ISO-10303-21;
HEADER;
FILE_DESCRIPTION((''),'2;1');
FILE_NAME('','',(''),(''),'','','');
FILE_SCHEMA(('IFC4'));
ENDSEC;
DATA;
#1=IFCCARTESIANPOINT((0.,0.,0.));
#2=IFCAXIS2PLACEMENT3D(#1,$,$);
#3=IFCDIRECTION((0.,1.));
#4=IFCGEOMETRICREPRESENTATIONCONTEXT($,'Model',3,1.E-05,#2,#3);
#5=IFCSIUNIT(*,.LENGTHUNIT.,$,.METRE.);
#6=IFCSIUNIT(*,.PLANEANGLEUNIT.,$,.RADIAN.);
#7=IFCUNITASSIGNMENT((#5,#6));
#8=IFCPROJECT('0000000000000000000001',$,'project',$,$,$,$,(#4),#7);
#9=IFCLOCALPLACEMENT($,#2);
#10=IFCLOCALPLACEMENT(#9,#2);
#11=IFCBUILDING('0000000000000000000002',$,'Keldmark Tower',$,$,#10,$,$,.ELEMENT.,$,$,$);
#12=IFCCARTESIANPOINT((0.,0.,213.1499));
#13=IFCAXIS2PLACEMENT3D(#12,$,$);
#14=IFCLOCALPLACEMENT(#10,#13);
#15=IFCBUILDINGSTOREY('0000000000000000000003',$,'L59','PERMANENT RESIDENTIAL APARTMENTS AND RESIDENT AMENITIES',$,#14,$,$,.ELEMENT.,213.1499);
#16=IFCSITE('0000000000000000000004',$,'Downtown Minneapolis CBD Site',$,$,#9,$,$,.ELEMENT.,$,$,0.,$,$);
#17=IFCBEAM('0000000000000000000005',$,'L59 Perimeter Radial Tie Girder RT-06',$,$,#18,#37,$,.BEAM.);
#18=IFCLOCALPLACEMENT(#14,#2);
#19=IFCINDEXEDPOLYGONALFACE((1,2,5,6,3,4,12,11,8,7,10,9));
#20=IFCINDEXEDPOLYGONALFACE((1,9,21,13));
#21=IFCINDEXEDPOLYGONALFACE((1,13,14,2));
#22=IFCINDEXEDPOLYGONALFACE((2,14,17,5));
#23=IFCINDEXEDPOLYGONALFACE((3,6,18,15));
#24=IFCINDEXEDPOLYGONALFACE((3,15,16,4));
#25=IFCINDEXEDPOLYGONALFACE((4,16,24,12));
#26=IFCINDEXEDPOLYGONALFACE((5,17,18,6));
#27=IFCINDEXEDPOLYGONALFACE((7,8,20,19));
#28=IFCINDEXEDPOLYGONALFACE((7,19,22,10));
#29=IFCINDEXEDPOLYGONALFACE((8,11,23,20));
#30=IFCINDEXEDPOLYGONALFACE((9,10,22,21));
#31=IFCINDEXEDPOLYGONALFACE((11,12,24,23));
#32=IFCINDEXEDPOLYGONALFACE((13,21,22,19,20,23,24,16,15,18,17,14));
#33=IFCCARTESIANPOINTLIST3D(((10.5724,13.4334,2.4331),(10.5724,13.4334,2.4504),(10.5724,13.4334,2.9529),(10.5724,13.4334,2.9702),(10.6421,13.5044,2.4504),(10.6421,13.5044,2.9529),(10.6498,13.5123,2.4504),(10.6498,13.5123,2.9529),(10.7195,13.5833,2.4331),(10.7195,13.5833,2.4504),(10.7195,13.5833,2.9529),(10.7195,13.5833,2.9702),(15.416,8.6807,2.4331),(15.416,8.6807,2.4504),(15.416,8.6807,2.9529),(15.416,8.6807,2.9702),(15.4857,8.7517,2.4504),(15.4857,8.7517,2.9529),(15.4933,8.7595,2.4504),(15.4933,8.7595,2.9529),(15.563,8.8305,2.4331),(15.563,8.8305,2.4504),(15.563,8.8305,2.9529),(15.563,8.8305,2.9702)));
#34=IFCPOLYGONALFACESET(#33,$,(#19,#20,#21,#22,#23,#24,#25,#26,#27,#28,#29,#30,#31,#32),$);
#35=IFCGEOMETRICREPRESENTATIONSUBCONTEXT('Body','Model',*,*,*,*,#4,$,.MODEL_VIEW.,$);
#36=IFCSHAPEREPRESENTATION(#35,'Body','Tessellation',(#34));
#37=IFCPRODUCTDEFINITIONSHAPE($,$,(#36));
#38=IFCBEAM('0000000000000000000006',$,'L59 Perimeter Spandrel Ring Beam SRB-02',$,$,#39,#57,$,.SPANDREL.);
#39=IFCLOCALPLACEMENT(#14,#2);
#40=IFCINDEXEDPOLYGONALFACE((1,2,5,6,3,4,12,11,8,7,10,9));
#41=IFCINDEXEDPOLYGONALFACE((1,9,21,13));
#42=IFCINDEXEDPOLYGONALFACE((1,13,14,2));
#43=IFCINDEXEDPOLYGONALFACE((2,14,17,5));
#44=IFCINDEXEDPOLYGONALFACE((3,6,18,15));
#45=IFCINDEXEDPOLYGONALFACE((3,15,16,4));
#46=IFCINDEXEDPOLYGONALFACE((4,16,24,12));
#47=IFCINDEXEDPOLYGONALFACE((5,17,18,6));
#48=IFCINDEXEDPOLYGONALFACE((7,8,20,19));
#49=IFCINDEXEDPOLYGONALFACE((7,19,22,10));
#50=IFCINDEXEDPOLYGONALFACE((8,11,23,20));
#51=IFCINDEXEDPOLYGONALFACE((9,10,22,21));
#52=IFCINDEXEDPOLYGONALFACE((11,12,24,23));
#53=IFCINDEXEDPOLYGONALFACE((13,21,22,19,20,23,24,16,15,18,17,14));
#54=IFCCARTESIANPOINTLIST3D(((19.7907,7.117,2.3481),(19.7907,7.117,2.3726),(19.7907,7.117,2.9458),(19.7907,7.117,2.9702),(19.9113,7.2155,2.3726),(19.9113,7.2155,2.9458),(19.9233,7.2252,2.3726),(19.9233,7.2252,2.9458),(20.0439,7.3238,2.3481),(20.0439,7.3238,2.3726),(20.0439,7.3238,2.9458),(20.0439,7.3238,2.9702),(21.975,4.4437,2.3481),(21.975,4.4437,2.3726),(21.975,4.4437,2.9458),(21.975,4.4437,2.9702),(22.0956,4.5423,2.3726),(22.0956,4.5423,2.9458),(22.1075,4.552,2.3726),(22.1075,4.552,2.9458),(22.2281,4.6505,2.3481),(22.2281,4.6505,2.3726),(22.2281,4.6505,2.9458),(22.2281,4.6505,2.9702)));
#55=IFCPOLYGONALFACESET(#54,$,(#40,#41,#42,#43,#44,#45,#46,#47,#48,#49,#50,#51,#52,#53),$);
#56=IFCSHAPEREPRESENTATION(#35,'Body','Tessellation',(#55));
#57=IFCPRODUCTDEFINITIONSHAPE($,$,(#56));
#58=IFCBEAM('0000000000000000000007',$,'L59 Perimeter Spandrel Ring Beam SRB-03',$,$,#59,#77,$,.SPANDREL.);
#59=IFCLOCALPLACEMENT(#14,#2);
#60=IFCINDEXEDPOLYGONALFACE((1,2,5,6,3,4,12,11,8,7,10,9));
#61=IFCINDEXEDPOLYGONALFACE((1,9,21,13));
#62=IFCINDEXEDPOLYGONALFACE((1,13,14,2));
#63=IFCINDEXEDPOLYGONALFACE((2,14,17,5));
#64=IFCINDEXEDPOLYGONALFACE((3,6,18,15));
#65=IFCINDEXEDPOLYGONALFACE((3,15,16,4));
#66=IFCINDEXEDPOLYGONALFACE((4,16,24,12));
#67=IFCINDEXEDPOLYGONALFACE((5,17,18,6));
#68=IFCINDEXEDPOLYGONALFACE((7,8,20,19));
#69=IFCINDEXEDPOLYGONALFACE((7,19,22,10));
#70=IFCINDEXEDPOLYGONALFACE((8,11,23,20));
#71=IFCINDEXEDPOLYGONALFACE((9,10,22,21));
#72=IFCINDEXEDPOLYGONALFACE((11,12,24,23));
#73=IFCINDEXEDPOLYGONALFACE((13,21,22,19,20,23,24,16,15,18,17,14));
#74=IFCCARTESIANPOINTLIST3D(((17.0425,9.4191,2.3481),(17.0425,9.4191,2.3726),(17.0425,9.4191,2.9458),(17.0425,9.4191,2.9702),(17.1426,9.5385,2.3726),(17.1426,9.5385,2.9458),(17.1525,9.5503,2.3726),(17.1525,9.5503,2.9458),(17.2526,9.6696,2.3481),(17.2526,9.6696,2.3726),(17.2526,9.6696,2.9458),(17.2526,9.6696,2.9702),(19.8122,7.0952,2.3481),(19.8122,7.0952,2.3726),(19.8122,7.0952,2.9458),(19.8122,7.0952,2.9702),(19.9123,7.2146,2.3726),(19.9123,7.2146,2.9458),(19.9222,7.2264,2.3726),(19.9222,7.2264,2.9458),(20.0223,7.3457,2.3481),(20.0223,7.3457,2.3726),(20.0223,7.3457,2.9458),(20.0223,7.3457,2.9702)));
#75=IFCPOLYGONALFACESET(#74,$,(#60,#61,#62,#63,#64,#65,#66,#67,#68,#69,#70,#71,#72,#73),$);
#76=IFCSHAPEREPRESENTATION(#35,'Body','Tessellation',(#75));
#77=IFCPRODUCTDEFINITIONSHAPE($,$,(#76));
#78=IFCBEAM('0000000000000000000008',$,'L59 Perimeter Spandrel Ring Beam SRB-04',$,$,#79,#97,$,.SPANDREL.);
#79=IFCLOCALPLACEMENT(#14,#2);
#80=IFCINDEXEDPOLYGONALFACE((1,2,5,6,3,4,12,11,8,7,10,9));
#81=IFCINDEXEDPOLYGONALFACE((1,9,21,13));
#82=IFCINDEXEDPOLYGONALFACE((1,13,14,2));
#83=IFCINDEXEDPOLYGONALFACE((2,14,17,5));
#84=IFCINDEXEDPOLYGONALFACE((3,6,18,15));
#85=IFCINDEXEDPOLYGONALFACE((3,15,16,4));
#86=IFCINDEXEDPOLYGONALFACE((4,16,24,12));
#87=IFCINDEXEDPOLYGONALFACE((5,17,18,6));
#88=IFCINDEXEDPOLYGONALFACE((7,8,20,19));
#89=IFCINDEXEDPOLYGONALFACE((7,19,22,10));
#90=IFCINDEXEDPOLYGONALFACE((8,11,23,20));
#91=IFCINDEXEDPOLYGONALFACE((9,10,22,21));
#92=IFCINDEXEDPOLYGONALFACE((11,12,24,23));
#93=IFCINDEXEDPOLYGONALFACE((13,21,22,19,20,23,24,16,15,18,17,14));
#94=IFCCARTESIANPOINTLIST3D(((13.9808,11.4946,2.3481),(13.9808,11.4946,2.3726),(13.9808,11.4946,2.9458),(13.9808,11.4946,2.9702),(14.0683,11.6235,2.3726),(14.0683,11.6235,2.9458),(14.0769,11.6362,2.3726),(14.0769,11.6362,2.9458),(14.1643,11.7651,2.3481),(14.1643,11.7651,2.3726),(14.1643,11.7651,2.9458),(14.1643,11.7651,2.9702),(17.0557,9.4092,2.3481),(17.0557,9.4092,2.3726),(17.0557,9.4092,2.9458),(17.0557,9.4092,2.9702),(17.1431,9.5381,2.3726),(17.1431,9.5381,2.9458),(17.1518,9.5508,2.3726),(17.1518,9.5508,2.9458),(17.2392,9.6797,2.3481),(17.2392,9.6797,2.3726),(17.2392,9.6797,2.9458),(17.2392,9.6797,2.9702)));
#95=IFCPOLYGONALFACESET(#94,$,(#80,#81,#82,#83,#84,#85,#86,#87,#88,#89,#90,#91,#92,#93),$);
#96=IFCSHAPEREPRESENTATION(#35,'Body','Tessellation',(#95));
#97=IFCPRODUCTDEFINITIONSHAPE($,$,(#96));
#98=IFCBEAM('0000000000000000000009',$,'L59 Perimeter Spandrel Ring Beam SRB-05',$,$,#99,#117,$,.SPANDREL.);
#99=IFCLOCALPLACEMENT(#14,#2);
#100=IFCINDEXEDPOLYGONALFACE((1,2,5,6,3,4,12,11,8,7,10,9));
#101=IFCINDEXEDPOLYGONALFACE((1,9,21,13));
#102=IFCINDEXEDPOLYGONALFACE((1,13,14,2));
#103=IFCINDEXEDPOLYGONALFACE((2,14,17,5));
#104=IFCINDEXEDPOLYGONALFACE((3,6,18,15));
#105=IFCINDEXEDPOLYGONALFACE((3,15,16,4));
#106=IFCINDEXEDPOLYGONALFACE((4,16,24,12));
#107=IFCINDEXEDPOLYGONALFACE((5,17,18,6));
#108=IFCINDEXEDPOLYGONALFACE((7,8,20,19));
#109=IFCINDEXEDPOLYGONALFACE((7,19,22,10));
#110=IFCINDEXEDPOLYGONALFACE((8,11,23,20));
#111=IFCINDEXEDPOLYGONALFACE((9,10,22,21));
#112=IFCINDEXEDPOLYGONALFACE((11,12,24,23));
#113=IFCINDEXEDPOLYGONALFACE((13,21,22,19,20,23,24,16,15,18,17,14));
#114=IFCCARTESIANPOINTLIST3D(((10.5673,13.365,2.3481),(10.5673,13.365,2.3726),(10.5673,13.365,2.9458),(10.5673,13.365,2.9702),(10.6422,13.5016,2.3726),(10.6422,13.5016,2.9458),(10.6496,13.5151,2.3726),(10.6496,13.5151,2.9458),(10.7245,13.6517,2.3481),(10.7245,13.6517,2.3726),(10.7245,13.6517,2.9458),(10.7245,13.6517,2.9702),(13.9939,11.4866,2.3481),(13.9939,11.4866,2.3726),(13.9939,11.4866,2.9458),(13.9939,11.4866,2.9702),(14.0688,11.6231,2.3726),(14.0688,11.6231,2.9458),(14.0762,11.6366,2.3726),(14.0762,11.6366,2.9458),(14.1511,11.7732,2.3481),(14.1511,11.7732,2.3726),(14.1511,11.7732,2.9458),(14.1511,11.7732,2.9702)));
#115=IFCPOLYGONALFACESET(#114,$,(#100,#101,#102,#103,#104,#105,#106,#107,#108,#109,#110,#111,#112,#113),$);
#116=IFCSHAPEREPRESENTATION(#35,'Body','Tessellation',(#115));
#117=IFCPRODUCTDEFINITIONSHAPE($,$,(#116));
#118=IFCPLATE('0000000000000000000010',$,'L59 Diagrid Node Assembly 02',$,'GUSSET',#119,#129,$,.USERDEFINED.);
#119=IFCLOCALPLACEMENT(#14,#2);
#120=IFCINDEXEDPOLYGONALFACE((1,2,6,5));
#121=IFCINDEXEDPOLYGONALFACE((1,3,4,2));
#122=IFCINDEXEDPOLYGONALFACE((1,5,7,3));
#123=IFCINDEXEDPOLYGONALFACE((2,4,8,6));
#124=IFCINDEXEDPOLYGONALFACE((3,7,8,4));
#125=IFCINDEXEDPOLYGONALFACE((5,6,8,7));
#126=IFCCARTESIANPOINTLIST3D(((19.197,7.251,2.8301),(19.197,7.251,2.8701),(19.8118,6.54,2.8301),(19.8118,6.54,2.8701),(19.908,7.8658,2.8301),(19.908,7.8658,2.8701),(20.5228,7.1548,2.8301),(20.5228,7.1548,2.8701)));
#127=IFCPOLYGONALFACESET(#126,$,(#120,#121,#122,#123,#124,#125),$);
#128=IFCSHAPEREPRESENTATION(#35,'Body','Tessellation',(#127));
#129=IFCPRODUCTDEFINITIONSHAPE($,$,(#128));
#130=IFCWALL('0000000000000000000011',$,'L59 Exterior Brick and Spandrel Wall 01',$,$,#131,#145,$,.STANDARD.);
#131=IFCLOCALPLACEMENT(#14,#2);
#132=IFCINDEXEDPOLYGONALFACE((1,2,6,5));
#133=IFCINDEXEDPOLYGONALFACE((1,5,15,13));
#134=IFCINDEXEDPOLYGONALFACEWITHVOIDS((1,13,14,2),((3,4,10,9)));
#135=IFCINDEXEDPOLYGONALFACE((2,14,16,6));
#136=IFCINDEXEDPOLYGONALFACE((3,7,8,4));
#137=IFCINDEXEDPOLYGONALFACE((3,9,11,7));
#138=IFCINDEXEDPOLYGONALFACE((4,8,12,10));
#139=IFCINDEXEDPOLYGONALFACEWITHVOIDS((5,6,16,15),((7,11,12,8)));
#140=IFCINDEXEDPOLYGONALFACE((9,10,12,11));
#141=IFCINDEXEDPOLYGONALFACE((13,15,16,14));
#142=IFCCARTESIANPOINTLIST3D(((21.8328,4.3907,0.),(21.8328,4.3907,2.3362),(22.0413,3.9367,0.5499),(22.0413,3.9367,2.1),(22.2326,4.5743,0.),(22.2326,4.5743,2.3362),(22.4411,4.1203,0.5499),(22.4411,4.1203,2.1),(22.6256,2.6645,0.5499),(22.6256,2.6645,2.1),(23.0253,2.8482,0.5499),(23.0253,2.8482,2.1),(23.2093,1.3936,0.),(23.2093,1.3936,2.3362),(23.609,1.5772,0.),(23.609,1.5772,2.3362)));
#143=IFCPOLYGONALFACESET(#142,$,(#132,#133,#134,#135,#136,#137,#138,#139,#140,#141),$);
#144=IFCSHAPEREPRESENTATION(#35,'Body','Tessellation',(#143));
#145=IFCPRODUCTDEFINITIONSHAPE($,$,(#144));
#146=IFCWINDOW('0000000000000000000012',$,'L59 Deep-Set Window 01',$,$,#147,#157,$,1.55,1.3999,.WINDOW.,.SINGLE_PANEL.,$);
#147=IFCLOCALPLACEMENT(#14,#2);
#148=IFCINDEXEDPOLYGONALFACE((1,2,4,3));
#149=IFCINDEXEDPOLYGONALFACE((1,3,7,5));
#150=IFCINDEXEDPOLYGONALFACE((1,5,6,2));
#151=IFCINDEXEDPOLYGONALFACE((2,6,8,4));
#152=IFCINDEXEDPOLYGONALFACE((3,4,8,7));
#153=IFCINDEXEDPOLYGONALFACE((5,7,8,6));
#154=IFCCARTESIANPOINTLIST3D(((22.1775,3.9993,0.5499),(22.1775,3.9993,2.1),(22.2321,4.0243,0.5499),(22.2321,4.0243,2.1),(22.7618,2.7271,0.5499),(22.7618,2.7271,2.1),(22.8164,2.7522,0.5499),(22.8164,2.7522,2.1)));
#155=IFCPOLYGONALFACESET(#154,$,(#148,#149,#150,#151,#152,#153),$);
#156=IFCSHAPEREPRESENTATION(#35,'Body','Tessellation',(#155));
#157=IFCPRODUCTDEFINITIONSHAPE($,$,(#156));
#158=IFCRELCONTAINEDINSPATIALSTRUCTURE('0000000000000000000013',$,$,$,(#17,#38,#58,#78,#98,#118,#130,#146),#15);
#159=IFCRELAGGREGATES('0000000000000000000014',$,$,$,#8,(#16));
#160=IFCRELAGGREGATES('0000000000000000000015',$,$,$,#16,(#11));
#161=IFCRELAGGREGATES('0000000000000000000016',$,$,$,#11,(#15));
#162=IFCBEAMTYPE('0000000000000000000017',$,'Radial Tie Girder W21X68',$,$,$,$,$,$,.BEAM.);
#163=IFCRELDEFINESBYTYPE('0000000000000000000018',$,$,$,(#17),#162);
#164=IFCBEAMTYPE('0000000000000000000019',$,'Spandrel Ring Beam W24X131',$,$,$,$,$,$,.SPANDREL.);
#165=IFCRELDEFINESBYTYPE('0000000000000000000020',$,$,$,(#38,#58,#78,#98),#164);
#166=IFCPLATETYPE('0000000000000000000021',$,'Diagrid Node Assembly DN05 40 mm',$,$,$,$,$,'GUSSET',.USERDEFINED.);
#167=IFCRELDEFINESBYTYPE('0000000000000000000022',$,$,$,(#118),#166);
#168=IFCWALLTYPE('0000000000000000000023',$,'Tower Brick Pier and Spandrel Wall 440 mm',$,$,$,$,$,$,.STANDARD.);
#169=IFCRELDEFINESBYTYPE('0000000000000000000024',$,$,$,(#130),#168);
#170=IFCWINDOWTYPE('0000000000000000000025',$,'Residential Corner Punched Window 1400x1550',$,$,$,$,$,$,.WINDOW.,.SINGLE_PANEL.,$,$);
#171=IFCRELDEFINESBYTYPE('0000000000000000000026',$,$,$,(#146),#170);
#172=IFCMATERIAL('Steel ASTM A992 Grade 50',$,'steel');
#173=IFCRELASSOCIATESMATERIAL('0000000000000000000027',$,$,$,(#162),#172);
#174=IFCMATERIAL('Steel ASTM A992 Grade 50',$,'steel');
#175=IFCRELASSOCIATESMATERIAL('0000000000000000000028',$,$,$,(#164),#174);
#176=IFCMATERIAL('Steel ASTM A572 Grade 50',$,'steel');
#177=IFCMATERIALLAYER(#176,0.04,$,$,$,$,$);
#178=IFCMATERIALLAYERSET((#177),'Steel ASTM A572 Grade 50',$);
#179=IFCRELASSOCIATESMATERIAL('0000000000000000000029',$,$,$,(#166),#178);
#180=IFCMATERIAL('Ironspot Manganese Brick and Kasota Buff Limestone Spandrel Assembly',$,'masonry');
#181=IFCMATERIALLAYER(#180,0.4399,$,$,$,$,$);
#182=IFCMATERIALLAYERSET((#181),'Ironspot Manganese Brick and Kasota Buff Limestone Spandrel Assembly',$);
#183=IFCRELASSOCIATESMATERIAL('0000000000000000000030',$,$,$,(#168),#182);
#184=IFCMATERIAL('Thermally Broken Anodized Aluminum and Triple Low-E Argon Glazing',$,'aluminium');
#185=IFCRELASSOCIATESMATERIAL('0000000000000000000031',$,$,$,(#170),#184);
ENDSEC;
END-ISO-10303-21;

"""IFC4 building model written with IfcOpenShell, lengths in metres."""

from ifc_helpers import new_model, si_unit, direction, frame, frame_2d, origin, origin_2d, place, context, subcontext, project, spatial, rectangle, i_section, extrude, material, layer, layer_set, material_profile, profile_set, type_object, element, fill, save


model = new_model("IFC4")

# Units and contexts
model_context = context("Model", 3, precision=1e-05, world=origin(), true_north=direction((0.0, 1.0)))
body_context = subcontext(model_context, "Body", "Model", "MODEL_VIEW")
ifc_project = project(units=[si_unit("LENGTHUNIT", "METRE"), si_unit("PLANEANGLEUNIT", "RADIAN")], contexts=[model_context])

# Site, building, storey
site_placement = place(None, origin())
site = spatial("IfcSite", under=ifc_project, at=site_placement, Name="Downtown Minneapolis CBD Site", CompositionType="ELEMENT", RefElevation=0.0)
building_placement = place(site_placement, origin())
building = spatial("IfcBuilding", under=site, at=building_placement, Name="Keldmark Tower", CompositionType="ELEMENT")
storey_placement = place(building_placement, frame((0.0, 0.0, 213.1499)))
storey = spatial("IfcBuildingStorey", under=building, at=storey_placement, Name="L59", Description="PERMANENT RESIDENTIAL APARTMENTS AND RESIDENT AMENITIES", CompositionType="ELEMENT", Elevation=213.1499)

# Beams
ifc_material_1 = material(Name="Steel ASTM A992 Grade 50", Category="steel")
ifc_material_profile_1 = material_profile(ifc_material_1, i_section(OverallWidth=0.21, OverallDepth=0.5371, WebThickness=0.011, FlangeThickness=0.0173, at=origin_2d()), Name="W21X68")
ifc_profile_set_1 = profile_set([ifc_material_profile_1], Name="Steel ASTM A992 Grade 50")
beam_type_1 = type_object("IfcBeamType", Name="Radial Tie Girder W21X68", PredefinedType="BEAM", material=ifc_profile_set_1)
beam_1_placement = place(storey_placement, frame((15.4895, 8.7556, 2.7017), z_axis=(-0.713767, 0.700383, 0.0), x_axis=(-0.700383, -0.713767, 0.0)))
element("IfcBeam", 1, at=beam_1_placement, inside=storey, type_object=beam_type_1, Name="L59 Perimeter Radial Tie Girder RT-06", PredefinedType="BEAM", context=body_context, shape_type="SweptSolid", body=[
    extrude(i_section(OverallWidth=0.21, OverallDepth=0.5371, WebThickness=0.011, FlangeThickness=0.0173, at=origin_2d()), origin(), (0.0, 0.0, 1.0), 6.7859),
])
ifc_material_2 = material(Name="Steel ASTM A992 Grade 50", Category="steel")
ifc_material_profile_2 = material_profile(ifc_material_2, i_section(OverallWidth=0.3269, OverallDepth=0.6221, WebThickness=0.0154, FlangeThickness=0.0244, at=origin_2d()), Name="W24X131")
ifc_profile_set_2 = profile_set([ifc_material_profile_2], Name="Steel ASTM A992 Grade 50")
beam_type_2 = type_object("IfcBeamType", Name="Spandrel Ring Beam W24X131", PredefinedType="SPANDREL", material=ifc_profile_set_2)
beam_2_placement = place(storey_placement, frame((22.1016, 4.5471, 2.6592), z_axis=(-0.632725, 0.774376, 0.0), x_axis=(-0.774376, -0.632725, 0.0)))
element("IfcBeam", 2, at=beam_2_placement, inside=storey, type_object=beam_type_2, Name="L59 Perimeter Spandrel Ring Beam SRB-02", PredefinedType="SPANDREL", context=body_context, shape_type="SweptSolid", body=[
    extrude(i_section(OverallWidth=0.3269, OverallDepth=0.6221, WebThickness=0.0154, FlangeThickness=0.0244, at=origin_2d()), origin(), (0.0, 0.0, 1.0), 3.4521),
])
beam_3_placement = place(storey_placement, frame((19.9172, 7.2205, 2.6592), z_axis=(-0.766064, 0.642764, 0.0), x_axis=(-0.642764, -0.766064, 0.0)))
element("IfcBeam", 3, at=beam_3_placement, inside=storey, type_object=beam_type_2, Name="L59 Perimeter Spandrel Ring Beam SRB-03", PredefinedType="SPANDREL", context=body_context, shape_type="SweptSolid", body=[
    extrude(i_section(OverallWidth=0.3269, OverallDepth=0.6221, WebThickness=0.0154, FlangeThickness=0.0244, at=origin_2d()), origin(), (0.0, 0.0, 1.0), 3.6155),
])
beam_4_placement = place(storey_placement, frame((17.1475, 9.5444, 2.6592), z_axis=(-0.827616, 0.561294, 0.0), x_axis=(-0.561294, -0.827616, 0.0)))
element("IfcBeam", 4, at=beam_4_placement, inside=storey, type_object=beam_type_2, Name="L59 Perimeter Spandrel Ring Beam SRB-04", PredefinedType="SPANDREL", context=body_context, shape_type="SweptSolid", body=[
    extrude(i_section(OverallWidth=0.3269, OverallDepth=0.6221, WebThickness=0.0154, FlangeThickness=0.0244, at=origin_2d()), origin(), (0.0, 0.0, 1.0), 3.7153),
])
beam_5_placement = place(storey_placement, frame((14.0725, 11.6299, 2.6592), z_axis=(-0.876881, 0.480707, 0.0), x_axis=(-0.480707, -0.876881, 0.0)))
element("IfcBeam", 5, at=beam_5_placement, inside=storey, type_object=beam_type_2, Name="L59 Perimeter Spandrel Ring Beam SRB-05", PredefinedType="SPANDREL", context=body_context, shape_type="SweptSolid", body=[
    extrude(i_section(OverallWidth=0.3269, OverallDepth=0.6221, WebThickness=0.0154, FlangeThickness=0.0244, at=origin_2d()), origin(), (0.0, 0.0, 1.0), 3.9077),
])

# Plate
ifc_material_3 = material(Name="Steel ASTM A572 Grade 50", Category="steel")
ifc_layer_1 = layer(ifc_material_3, 0.04)
ifc_layer_set_1 = layer_set([ifc_layer_1], Name="Steel ASTM A572 Grade 50")
plate_type = type_object("IfcPlateType", Name="Diagrid Node Assembly DN05 40 mm", ElementType="GUSSET", PredefinedType="USERDEFINED", material=ifc_layer_set_1)
plate_placement = place(storey_placement, frame((19.8599, 7.2029, 2.8301), z_axis=(0.0, 0.0, 1.0), x_axis=(-0.654081, 0.756425, 0.0)))
element("IfcPlate", 6, at=plate_placement, inside=storey, type_object=plate_type, Name="L59 Diagrid Node Assembly 02", ObjectType="GUSSET", PredefinedType="USERDEFINED", context=body_context, shape_type="SweptSolid", body=[
    extrude(rectangle(XDim=0.9399, YDim=0.9399, at=origin_2d()), origin(), (0.0, 0.0, 1.0), 0.04),
])

# Wall, opening, window
ifc_material_4 = material(Name="Ironspot Manganese Brick and Kasota Buff Limestone Spandrel Assembly", Category="masonry")
ifc_layer_2 = layer(ifc_material_4, 0.4399)
ifc_layer_set_2 = layer_set([ifc_layer_2], Name="Ironspot Manganese Brick and Kasota Buff Limestone Spandrel Assembly")
wall_type = type_object("IfcWallType", Name="Tower Brick Pier and Spandrel Wall 440 mm", PredefinedType="STANDARD", material=ifc_layer_set_2)
wall_1_placement = place(storey_placement, frame((22.0327, 4.4824, 0.0), z_axis=(0.0, 0.0, 1.0), x_axis=(0.417358, -0.908742, 0.0)))
wall_1 = element("IfcWall", 7, at=wall_1_placement, inside=storey, type_object=wall_type, Name="L59 Exterior Brick and Spandrel Wall 01", PredefinedType="STANDARD", context=body_context, shape_type="SweptSolid", body=[
    extrude(rectangle(XDim=3.2981, YDim=0.4399, at=frame_2d((1.6489, 0.0))), origin(), (0.0, 0.0, 1.0), 2.3362),
])
opening_1_placement = place(wall_1_placement, frame((0.4995, 0.0, 0.55)))
opening_1 = element("IfcOpeningElement", 8, at=opening_1_placement, cuts=wall_1, PredefinedType="OPENING", context=body_context, shape_type="SweptSolid", body=[
    extrude(rectangle(XDim=1.3999, YDim=1.55, at=frame_2d((0.7, 0.7749))), frame((0.0, 0.23, 0.0), z_axis=(0.0, -1.0, 0.0), x_axis=(1.0, 0.0, 0.0)), (0.0, 0.0, 1.0), 0.46),
])
ifc_material_5 = material(Name="Thermally Broken Anodized Aluminum and Triple Low-E Argon Glazing", Category="aluminium")
window_type_1 = type_object("IfcWindowType", Name="Residential Corner Punched Window 1400x1550", PartitioningType="SINGLE_PANEL", PredefinedType="WINDOW", material=ifc_material_5)
window_1_placement = place(opening_1_placement, origin())
window_1 = element("IfcWindow", 9, at=window_1_placement, inside=storey, type_object=window_type_1, Name="L59 Deep-Set Window 01", OverallHeight=1.55, OverallWidth=1.3999, PartitioningType="SINGLE_PANEL", PredefinedType="WINDOW", context=body_context, shape_type="SweptSolid", body=[
    extrude(rectangle(XDim=1.3999, YDim=1.55, at=frame_2d((0.7, 0.7749))), frame((0.0, -0.01, 0.0), z_axis=(0.0, -1.0, 0.0), x_axis=(1.0, 0.0, 0.0)), (0.0, 0.0, 1.0), 0.0601),
])
fill(opening_1, window_1)

save(model, "model.ifc")
